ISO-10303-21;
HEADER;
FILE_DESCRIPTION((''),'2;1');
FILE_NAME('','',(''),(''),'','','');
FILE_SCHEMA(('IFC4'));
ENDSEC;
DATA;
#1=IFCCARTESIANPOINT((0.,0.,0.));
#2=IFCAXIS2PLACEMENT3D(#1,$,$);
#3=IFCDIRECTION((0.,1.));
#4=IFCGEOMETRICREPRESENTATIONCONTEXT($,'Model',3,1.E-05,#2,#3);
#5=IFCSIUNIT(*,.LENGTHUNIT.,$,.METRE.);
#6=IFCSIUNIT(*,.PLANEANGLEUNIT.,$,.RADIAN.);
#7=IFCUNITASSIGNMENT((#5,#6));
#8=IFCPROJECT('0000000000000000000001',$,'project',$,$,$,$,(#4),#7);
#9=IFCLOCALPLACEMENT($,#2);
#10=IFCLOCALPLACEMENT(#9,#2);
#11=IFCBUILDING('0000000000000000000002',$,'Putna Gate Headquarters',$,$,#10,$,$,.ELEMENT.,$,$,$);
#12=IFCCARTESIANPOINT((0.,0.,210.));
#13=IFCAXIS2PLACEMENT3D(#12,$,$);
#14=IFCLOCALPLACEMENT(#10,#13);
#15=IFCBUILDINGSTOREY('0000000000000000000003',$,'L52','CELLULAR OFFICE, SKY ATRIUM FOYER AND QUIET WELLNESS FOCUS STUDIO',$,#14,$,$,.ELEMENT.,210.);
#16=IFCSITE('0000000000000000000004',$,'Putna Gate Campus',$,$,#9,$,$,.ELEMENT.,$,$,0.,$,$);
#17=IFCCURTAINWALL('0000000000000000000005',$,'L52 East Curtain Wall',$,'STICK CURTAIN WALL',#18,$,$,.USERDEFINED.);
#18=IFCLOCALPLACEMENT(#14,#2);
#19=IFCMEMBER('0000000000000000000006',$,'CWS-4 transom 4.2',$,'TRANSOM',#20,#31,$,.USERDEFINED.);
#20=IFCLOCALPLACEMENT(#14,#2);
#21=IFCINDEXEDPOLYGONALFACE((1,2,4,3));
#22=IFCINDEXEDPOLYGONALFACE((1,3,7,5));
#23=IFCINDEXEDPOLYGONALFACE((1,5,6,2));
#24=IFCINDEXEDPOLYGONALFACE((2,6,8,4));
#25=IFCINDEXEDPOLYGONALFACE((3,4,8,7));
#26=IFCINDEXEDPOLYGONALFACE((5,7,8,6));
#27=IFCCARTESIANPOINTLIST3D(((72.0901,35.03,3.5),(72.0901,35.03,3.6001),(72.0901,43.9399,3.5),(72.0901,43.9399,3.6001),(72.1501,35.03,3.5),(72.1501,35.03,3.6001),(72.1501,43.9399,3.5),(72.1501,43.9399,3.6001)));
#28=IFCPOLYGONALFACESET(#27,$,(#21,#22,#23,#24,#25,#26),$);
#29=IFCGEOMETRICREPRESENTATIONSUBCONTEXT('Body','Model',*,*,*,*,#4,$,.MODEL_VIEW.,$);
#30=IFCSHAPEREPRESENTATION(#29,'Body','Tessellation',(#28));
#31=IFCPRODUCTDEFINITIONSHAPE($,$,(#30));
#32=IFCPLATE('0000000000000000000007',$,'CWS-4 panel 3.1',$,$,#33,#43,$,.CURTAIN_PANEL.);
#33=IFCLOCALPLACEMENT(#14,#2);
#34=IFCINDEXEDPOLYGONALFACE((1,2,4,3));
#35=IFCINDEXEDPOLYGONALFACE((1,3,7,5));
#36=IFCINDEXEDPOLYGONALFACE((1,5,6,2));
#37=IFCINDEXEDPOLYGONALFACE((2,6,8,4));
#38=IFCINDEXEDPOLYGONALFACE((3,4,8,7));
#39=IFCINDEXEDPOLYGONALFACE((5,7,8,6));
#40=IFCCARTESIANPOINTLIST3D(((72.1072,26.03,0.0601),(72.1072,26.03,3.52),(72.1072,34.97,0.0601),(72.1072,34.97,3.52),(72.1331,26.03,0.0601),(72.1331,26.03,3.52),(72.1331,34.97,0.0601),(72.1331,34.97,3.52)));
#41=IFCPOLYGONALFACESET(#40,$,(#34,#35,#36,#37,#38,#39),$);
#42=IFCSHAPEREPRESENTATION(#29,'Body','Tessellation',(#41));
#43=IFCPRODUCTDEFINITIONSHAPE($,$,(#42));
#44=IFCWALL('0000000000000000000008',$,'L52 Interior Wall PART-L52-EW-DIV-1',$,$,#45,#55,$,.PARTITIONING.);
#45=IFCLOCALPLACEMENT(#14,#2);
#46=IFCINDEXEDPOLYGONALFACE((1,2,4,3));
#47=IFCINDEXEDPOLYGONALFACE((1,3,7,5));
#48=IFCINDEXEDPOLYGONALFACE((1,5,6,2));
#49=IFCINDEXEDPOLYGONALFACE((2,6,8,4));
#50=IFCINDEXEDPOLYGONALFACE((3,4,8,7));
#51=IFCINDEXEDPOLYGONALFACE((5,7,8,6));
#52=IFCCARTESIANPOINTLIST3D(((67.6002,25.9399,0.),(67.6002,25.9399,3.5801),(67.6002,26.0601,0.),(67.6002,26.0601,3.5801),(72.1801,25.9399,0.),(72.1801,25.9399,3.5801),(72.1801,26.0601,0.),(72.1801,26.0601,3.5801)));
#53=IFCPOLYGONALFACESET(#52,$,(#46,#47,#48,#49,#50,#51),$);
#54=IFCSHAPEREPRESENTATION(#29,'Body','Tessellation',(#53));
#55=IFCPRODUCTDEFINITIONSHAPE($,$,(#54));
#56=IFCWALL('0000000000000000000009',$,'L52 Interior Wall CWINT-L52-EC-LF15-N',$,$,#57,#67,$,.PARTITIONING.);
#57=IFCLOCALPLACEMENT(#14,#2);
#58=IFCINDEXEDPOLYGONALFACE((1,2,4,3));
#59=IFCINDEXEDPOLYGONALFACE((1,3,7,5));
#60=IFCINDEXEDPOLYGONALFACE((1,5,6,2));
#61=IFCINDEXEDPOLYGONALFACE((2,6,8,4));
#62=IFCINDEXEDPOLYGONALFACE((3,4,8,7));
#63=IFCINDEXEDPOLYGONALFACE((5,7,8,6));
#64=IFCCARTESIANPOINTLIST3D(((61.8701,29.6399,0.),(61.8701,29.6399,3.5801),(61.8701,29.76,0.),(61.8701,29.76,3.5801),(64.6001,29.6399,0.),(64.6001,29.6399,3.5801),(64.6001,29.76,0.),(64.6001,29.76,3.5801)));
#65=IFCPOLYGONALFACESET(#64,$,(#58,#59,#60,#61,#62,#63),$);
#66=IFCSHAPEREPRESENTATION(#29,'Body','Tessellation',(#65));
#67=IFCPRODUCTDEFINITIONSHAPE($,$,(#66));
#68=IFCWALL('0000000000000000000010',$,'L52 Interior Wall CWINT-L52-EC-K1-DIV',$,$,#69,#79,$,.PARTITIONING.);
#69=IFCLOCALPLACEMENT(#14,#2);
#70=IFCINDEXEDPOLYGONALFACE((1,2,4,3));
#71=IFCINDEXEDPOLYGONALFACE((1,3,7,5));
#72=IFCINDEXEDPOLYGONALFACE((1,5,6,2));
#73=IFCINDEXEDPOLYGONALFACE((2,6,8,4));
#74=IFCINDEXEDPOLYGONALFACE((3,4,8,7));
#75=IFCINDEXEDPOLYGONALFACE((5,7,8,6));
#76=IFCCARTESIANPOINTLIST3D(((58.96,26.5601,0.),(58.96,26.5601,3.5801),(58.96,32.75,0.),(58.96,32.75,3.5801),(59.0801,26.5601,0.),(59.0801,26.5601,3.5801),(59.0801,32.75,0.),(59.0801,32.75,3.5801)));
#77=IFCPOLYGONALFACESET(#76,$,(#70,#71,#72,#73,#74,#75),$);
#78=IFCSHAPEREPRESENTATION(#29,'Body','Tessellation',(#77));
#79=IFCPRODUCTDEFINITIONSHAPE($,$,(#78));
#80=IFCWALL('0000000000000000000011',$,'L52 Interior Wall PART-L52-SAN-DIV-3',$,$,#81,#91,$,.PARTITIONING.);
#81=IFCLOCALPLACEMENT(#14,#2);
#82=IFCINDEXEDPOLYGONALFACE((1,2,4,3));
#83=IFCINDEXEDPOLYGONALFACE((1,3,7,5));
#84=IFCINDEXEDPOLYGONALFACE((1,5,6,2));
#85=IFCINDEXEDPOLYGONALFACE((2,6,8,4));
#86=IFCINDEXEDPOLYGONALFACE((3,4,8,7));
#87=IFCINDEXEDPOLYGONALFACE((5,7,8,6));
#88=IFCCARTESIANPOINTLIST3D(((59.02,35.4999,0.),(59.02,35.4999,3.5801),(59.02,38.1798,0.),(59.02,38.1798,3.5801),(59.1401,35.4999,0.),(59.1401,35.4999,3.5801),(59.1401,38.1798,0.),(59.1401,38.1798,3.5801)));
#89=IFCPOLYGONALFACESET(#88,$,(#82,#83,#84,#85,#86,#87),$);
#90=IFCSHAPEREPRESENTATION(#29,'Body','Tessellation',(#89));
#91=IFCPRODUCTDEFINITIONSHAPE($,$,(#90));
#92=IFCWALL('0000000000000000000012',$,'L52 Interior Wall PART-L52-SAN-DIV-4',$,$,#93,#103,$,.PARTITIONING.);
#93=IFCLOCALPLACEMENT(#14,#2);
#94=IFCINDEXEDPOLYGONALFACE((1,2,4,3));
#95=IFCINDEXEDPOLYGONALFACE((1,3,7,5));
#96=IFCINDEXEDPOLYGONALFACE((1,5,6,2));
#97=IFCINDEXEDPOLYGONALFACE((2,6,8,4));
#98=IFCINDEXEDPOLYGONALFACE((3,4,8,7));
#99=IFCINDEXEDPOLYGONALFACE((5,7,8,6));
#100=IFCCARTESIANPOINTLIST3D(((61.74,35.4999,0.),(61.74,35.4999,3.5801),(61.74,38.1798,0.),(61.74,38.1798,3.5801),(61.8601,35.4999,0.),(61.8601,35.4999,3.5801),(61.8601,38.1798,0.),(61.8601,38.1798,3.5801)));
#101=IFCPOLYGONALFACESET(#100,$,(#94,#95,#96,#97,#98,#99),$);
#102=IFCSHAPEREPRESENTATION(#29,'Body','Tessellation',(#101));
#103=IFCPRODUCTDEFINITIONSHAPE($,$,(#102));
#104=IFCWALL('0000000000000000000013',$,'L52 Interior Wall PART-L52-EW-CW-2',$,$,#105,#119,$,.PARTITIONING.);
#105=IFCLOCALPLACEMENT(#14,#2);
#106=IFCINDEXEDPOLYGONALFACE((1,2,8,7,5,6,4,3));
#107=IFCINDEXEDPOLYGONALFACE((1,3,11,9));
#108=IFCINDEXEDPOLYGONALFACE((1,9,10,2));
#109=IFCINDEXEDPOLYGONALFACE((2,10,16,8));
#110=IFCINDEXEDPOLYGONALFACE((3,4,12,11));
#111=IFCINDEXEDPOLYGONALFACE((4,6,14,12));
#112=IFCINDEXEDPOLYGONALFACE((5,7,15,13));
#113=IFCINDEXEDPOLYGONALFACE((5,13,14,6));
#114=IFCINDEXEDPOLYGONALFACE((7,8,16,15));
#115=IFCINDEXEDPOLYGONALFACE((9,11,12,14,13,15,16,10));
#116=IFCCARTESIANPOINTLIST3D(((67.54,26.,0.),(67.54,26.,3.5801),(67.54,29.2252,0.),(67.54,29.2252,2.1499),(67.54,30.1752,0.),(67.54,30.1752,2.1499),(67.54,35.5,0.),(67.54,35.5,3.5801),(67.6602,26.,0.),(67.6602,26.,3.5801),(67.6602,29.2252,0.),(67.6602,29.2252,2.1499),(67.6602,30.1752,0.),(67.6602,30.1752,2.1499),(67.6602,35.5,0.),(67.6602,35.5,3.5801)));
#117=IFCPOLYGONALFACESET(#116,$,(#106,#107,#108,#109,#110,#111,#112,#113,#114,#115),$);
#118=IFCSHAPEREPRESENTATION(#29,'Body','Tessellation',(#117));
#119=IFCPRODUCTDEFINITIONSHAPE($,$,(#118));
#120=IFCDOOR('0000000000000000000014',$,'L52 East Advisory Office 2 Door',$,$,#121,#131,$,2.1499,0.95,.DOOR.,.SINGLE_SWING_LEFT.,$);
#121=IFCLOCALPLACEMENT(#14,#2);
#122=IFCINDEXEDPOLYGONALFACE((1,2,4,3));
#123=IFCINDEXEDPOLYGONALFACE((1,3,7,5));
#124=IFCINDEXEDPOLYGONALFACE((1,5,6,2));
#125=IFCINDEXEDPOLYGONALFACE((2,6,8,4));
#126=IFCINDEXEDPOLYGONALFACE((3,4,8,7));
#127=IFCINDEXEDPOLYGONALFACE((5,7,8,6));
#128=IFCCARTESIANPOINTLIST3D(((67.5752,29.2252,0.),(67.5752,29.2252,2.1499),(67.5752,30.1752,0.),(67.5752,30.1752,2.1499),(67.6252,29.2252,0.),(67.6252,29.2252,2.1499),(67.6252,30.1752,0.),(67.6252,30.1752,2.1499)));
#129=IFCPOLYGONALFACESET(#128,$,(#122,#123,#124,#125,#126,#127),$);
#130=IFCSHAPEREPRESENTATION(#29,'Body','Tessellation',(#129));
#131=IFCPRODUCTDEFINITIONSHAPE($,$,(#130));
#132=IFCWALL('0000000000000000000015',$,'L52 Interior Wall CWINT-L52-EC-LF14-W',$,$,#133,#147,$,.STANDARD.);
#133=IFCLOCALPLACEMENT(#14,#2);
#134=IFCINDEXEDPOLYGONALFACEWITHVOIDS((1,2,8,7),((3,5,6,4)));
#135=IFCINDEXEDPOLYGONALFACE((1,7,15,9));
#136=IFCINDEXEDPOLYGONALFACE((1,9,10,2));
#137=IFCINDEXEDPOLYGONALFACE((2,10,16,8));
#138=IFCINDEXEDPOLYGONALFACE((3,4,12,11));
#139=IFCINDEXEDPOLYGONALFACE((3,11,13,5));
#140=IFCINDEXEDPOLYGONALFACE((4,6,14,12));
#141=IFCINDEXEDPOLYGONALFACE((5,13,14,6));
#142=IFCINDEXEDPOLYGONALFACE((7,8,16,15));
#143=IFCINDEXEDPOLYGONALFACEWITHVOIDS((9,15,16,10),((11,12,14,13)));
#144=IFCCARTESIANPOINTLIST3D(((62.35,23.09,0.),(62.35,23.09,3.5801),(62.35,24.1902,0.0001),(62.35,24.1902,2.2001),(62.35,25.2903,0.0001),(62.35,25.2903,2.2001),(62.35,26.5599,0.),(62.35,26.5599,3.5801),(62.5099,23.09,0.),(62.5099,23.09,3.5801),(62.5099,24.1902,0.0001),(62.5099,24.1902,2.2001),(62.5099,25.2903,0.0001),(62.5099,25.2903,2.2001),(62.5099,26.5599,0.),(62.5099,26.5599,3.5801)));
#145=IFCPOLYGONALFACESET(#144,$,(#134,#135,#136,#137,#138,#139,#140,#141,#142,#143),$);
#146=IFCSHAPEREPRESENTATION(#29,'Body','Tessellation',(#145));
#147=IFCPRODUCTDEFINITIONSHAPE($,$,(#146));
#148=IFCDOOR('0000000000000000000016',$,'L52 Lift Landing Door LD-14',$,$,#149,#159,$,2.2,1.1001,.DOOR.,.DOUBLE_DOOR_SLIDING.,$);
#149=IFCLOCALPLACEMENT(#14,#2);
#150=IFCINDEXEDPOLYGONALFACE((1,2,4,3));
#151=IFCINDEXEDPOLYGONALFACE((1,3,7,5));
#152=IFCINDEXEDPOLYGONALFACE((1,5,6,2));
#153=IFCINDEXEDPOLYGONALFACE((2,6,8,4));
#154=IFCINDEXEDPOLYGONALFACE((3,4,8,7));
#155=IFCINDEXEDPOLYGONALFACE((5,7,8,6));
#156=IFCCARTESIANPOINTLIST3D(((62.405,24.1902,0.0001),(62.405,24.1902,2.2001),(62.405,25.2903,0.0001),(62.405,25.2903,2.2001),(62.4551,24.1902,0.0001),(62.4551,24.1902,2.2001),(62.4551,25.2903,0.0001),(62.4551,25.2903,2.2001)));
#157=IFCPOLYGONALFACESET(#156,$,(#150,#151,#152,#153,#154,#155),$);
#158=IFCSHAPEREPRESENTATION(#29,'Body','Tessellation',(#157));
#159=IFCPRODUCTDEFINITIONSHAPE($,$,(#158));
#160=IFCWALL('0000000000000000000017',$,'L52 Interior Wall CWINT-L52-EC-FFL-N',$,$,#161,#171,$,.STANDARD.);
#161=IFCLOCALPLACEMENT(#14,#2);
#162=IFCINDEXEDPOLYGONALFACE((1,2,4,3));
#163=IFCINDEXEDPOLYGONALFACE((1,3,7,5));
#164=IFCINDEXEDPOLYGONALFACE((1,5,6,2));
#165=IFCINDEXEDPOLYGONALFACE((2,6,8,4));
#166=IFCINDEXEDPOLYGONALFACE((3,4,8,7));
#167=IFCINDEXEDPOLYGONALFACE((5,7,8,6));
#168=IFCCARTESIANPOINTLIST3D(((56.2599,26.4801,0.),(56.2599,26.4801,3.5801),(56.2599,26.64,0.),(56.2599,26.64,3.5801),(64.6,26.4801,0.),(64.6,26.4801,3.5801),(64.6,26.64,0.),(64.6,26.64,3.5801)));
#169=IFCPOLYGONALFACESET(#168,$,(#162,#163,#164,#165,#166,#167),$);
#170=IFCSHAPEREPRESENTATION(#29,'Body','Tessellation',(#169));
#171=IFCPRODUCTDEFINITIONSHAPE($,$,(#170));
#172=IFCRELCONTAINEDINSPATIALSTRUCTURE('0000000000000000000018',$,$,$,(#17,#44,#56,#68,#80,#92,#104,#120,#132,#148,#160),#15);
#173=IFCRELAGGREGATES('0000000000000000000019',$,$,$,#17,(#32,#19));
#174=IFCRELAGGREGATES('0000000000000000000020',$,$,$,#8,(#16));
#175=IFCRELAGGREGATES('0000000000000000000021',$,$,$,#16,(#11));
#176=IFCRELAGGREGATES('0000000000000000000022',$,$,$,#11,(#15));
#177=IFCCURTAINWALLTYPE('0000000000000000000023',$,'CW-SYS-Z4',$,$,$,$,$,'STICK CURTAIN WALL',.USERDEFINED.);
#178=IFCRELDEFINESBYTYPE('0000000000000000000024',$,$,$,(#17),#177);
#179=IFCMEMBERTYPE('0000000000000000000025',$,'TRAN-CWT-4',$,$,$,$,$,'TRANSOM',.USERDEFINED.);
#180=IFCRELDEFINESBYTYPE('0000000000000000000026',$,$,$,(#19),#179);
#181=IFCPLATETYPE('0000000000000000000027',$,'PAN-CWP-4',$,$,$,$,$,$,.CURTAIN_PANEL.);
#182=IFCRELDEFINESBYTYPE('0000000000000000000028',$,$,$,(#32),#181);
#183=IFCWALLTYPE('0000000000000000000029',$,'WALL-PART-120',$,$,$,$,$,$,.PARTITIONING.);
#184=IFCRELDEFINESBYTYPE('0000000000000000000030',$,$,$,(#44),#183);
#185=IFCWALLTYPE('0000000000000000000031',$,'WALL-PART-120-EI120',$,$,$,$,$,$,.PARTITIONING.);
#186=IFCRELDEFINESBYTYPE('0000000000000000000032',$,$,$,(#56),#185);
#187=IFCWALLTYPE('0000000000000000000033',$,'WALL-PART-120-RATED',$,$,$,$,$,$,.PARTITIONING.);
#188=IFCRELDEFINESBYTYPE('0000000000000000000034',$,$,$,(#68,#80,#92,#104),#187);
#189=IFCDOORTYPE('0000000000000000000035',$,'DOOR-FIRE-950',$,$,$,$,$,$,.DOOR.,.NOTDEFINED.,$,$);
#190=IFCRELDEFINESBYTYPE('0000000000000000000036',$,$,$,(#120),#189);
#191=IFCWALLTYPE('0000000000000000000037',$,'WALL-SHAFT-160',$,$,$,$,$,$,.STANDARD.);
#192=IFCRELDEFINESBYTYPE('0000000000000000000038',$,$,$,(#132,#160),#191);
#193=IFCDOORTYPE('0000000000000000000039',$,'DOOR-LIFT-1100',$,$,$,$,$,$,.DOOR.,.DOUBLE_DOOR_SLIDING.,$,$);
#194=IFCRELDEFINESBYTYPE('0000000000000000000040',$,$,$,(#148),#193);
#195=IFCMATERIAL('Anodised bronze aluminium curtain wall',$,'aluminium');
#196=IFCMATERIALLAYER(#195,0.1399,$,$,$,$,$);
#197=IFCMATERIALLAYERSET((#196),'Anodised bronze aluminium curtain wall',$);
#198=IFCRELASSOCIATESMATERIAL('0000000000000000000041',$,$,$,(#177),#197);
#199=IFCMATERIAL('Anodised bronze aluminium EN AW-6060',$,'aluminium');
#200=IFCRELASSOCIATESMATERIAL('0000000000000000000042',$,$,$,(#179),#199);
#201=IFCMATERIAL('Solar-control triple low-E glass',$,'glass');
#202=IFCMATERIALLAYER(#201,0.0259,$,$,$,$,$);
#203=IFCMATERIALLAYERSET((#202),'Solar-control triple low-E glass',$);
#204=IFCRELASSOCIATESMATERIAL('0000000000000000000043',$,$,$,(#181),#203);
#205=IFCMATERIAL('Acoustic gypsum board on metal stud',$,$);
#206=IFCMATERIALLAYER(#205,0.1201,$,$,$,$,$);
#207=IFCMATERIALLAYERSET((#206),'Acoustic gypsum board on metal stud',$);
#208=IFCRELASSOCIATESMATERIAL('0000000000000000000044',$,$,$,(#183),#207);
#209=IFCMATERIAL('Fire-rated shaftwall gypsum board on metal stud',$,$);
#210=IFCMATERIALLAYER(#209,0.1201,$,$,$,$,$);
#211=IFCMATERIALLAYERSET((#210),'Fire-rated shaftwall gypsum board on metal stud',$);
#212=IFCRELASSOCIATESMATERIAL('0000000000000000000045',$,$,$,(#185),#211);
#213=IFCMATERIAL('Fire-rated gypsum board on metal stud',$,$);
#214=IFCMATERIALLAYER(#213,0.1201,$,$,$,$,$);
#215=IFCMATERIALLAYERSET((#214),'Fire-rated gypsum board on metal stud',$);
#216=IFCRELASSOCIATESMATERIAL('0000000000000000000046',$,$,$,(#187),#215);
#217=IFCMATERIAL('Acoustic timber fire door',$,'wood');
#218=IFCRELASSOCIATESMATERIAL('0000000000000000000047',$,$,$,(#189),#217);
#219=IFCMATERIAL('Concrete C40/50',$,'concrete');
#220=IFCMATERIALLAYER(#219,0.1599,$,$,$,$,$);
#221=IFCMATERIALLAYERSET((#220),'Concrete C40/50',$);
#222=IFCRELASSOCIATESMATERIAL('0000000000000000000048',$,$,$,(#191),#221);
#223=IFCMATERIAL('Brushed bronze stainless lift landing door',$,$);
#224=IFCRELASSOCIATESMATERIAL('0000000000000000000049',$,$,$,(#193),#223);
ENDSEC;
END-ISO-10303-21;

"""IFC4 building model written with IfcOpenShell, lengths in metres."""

from ifc_helpers import new_model, si_unit, direction, frame, frame_2d, origin, origin_2d, place, context, subcontext, project, spatial, rectangle, extrude, material, layer, layer_set, material_profile, profile_set, type_object, element, fill, aggregate, save


model = new_model("IFC4")

# Units and contexts
model_context = context("Model", 3, precision=1e-05, world=origin(), true_north=direction((0.0, 1.0)))
body_context = subcontext(model_context, "Body", "Model", "MODEL_VIEW")
ifc_project = project(units=[si_unit("LENGTHUNIT", "METRE"), si_unit("PLANEANGLEUNIT", "RADIAN")], contexts=[model_context])

# Site, building, storey
site_placement = place(None, origin())
site = spatial("IfcSite", under=ifc_project, at=site_placement, Name="Putna Gate Campus", CompositionType="ELEMENT", RefElevation=0.0)
building_placement = place(site_placement, origin())
building = spatial("IfcBuilding", under=site, at=building_placement, Name="Putna Gate Headquarters", CompositionType="ELEMENT")
storey_placement = place(building_placement, frame((0.0, 0.0, 210.0)))
storey = spatial("IfcBuildingStorey", under=building, at=storey_placement, Name="L52", Description="CELLULAR OFFICE, SKY ATRIUM FOYER AND QUIET WELLNESS FOCUS STUDIO", CompositionType="ELEMENT", Elevation=210.0)

# Curtain wall, member, plate
ifc_material_1 = material(Name="Anodised bronze aluminium curtain wall", Category="aluminium")
ifc_layer_1 = layer(ifc_material_1, 0.1399)
ifc_layer_set_1 = layer_set([ifc_layer_1], Name="Anodised bronze aluminium curtain wall")
curtain_wall_type = type_object("IfcCurtainWallType", Name="CW-SYS-Z4", ElementType="STICK CURTAIN WALL", PredefinedType="USERDEFINED", material=ifc_layer_set_1)
curtain_wall_placement = place(storey_placement, origin())
curtain_wall = element("IfcCurtainWall", 1, at=curtain_wall_placement, inside=storey, type_object=curtain_wall_type, Name="L52 East Curtain Wall", ObjectType="STICK CURTAIN WALL", PredefinedType="USERDEFINED")
ifc_material_2 = material(Name="Anodised bronze aluminium EN AW-6060", Category="aluminium")
ifc_material_profile_1 = material_profile(ifc_material_2, rectangle(XDim=0.0601, YDim=0.1001, at=origin_2d()), Name="Anodised bronze aluminium EN AW-6060")
ifc_profile_set_1 = profile_set([ifc_material_profile_1], Name="Anodised bronze aluminium EN AW-6060")
member_type_1 = type_object("IfcMemberType", Name="TRAN-CWT-4", ElementType="TRANSOM", PredefinedType="USERDEFINED", material=ifc_profile_set_1)
member_1_placement = place(storey_placement, frame((72.1201, 35.03, 3.55), z_axis=(0.0, 1.0, 0.0), x_axis=(-1.0, 0.0, 0.0)))
member_1 = element("IfcMember", 2, at=member_1_placement, type_object=member_type_1, Name="CWS-4 transom 4.2", ObjectType="TRANSOM", PredefinedType="USERDEFINED", context=body_context, shape_type="SweptSolid", body=[
    extrude(rectangle(XDim=0.0601, YDim=0.1001, at=origin_2d()), origin(), (0.0, 0.0, 1.0), 8.9099),
])
ifc_material_3 = material(Name="Solar-control triple low-E glass", Category="glass")
ifc_layer_2 = layer(ifc_material_3, 0.0259)
ifc_layer_set_2 = layer_set([ifc_layer_2], Name="Solar-control triple low-E glass")
plate_type = type_object("IfcPlateType", Name="PAN-CWP-4", PredefinedType="CURTAIN_PANEL", material=ifc_layer_set_2)
plate_placement = place(storey_placement, frame((72.1201, 30.5, 0.0601), z_axis=(0.0, 0.0, 1.0), x_axis=(0.0, 1.0, 0.0)))
plate = element("IfcPlate", 3, at=plate_placement, type_object=plate_type, Name="CWS-4 panel 3.1", PredefinedType="CURTAIN_PANEL", context=body_context, shape_type="SweptSolid", body=[
    extrude(rectangle(XDim=8.9399, YDim=0.0259, at=origin_2d()), origin(), (0.0, 0.0, 1.0), 3.46),
])
aggregate(curtain_wall, [plate, member_1])

# Walls
ifc_material_4 = material(Name="Acoustic gypsum board on metal stud")
ifc_layer_3 = layer(ifc_material_4, 0.1201)
ifc_layer_set_3 = layer_set([ifc_layer_3], Name="Acoustic gypsum board on metal stud")
wall_type_1 = type_object("IfcWallType", Name="WALL-PART-120", PredefinedType="PARTITIONING", material=ifc_layer_set_3)
wall_1_placement = place(storey_placement, frame((67.6001, 26.0, 0.0), z_axis=(0.0, 0.0, 1.0), x_axis=(1.0, 0.0, 0.0)))
element("IfcWall", 4, at=wall_1_placement, inside=storey, type_object=wall_type_1, Name="L52 Interior Wall PART-L52-EW-DIV-1", PredefinedType="PARTITIONING", context=body_context, shape_type="SweptSolid", body=[
    extrude(rectangle(XDim=4.5798, YDim=0.1201, at=frame_2d((2.29, 0.0))), origin(), (0.0, 0.0, 1.0), 3.5801),
])
ifc_material_5 = material(Name="Fire-rated shaftwall gypsum board on metal stud")
ifc_layer_4 = layer(ifc_material_5, 0.1201)
ifc_layer_set_4 = layer_set([ifc_layer_4], Name="Fire-rated shaftwall gypsum board on metal stud")
wall_type_2 = type_object("IfcWallType", Name="WALL-PART-120-EI120", PredefinedType="PARTITIONING", material=ifc_layer_set_4)
wall_2_placement = place(storey_placement, frame((61.8701, 29.7, 0.0), z_axis=(0.0, 0.0, 1.0), x_axis=(1.0, 0.0, 0.0)))
element("IfcWall", 5, at=wall_2_placement, inside=storey, type_object=wall_type_2, Name="L52 Interior Wall CWINT-L52-EC-LF15-N", PredefinedType="PARTITIONING", context=body_context, shape_type="SweptSolid", body=[
    extrude(rectangle(XDim=2.73, YDim=0.1201, at=frame_2d((1.365, 0.0))), origin(), (0.0, 0.0, 1.0), 3.5801),
])
ifc_material_6 = material(Name="Fire-rated gypsum board on metal stud")
ifc_layer_5 = layer(ifc_material_6, 0.1201)
ifc_layer_set_5 = layer_set([ifc_layer_5], Name="Fire-rated gypsum board on metal stud")
wall_type_3 = type_object("IfcWallType", Name="WALL-PART-120-RATED", PredefinedType="PARTITIONING", material=ifc_layer_set_5)
wall_3_placement = place(storey_placement, frame((59.02, 26.5601, 0.0), z_axis=(0.0, 0.0, 1.0), x_axis=(0.0, 1.0, 0.0)))
element("IfcWall", 6, at=wall_3_placement, inside=storey, type_object=wall_type_3, Name="L52 Interior Wall CWINT-L52-EC-K1-DIV", PredefinedType="PARTITIONING", context=body_context, shape_type="SweptSolid", body=[
    extrude(rectangle(XDim=6.1899, YDim=0.1201, at=frame_2d((3.095, 0.0))), origin(), (0.0, 0.0, 1.0), 3.5801),
])
for number, where, z_axis, x_axis, name in (
    (7, (59.0801, 35.5, 0.0), (0.0, 0.0, 1.0), (0.0, 1.0, 0.0), "L52 Interior Wall PART-L52-SAN-DIV-3"),
    (8, (61.8, 35.5, 0.0), (0.0, 0.0, 1.0), (0.0, 1.0, 0.0), "L52 Interior Wall PART-L52-SAN-DIV-4"),
):
    element("IfcWall", number, at=place(storey_placement, frame(where, z_axis=z_axis, x_axis=x_axis)), inside=storey, type_object=wall_type_3, Name=name, PredefinedType="PARTITIONING", context=body_context, shape_type="SweptSolid", body=[
        extrude(rectangle(XDim=2.6799, YDim=0.1201, at=frame_2d((1.3398, 0.0))), origin(), (0.0, 0.0, 1.0), 3.5801),
    ])

# Walls, openings, doors
wall_4_placement = place(storey_placement, frame((67.6001, 26.0, 0.0), z_axis=(0.0, 0.0, 1.0), x_axis=(0.0, 1.0, 0.0)))
wall_4 = element("IfcWall", 9, at=wall_4_placement, inside=storey, type_object=wall_type_3, Name="L52 Interior Wall PART-L52-EW-CW-2", PredefinedType="PARTITIONING", context=body_context, shape_type="SweptSolid", body=[
    extrude(rectangle(XDim=9.5, YDim=0.1201, at=frame_2d((4.75, 0.0))), origin(), (0.0, 0.0, 1.0), 3.5801),
])
opening_1_placement = place(wall_4_placement, frame((3.2251, 0.0, 0.0)))
opening_1 = element("IfcOpeningElement", 10, at=opening_1_placement, cuts=wall_4, PredefinedType="OPENING", context=body_context, shape_type="SweptSolid", body=[
    extrude(rectangle(XDim=0.95, YDim=2.1499, at=frame_2d((0.4751, 1.075))), frame((0.0, 0.0701, 0.0), z_axis=(0.0, -1.0, 0.0), x_axis=(1.0, 0.0, 0.0)), (0.0, 0.0, 1.0), 0.1401),
])
ifc_material_7 = material(Name="Acoustic timber fire door", Category="wood")
door_type_1 = type_object("IfcDoorType", Name="DOOR-FIRE-950", OperationType="NOTDEFINED", PredefinedType="DOOR", material=ifc_material_7)
door_1_placement = place(opening_1_placement, origin())
door_1 = element("IfcDoor", 11, at=door_1_placement, inside=storey, type_object=door_type_1, Name="L52 East Advisory Office 2 Door", OperationType="SINGLE_SWING_LEFT", OverallHeight=2.1499, OverallWidth=0.95, PredefinedType="DOOR", context=body_context, shape_type="SweptSolid", body=[
    extrude(rectangle(XDim=0.95, YDim=2.1499, at=frame_2d((0.4751, 1.075))), frame((0.0, 0.0249, 0.0), z_axis=(0.0, -1.0, 0.0), x_axis=(1.0, 0.0, 0.0)), (0.0, 0.0, 1.0), 0.05),
])
fill(opening_1, door_1)
ifc_material_8 = material(Name="Concrete C40/50", Category="concrete")
ifc_layer_6 = layer(ifc_material_8, 0.1599)
ifc_layer_set_6 = layer_set([ifc_layer_6], Name="Concrete C40/50")
wall_type_4 = type_object("IfcWallType", Name="WALL-SHAFT-160", PredefinedType="STANDARD", material=ifc_layer_set_6)
wall_5_placement = place(storey_placement, frame((62.4299, 23.0901, 0.0), z_axis=(0.0, 0.0, 1.0), x_axis=(0.0, 1.0, 0.0)))
wall_5 = element("IfcWall", 12, at=wall_5_placement, inside=storey, type_object=wall_type_4, Name="L52 Interior Wall CWINT-L52-EC-LF14-W", PredefinedType="STANDARD", context=body_context, shape_type="SweptSolid", body=[
    extrude(rectangle(XDim=3.47, YDim=0.1599, at=frame_2d((1.7349, 0.0))), origin(), (0.0, 0.0, 1.0), 3.5801),
])
opening_2_placement = place(wall_5_placement, frame((1.1001, 0.0, 0.0)))
opening_2 = element("IfcOpeningElement", 13, at=opening_2_placement, cuts=wall_5, PredefinedType="OPENING", context=body_context, shape_type="SweptSolid", body=[
    extrude(rectangle(XDim=1.1001, YDim=2.2, at=frame_2d((0.55, 1.1001))), frame((0.0, 0.0898, 0.0), z_axis=(0.0, -1.0, 0.0), x_axis=(1.0, 0.0, 0.0)), (0.0, 0.0, 1.0), 0.1799),
])
ifc_material_9 = material(Name="Brushed bronze stainless lift landing door")
door_type_2 = type_object("IfcDoorType", Name="DOOR-LIFT-1100", OperationType="DOUBLE_DOOR_SLIDING", PredefinedType="DOOR", material=ifc_material_9)
door_2_placement = place(opening_2_placement, origin())
door_2 = element("IfcDoor", 14, at=door_2_placement, inside=storey, type_object=door_type_2, Name="L52 Lift Landing Door LD-14", OperationType="DOUBLE_DOOR_SLIDING", OverallHeight=2.2, OverallWidth=1.1001, PredefinedType="DOOR", context=body_context, shape_type="SweptSolid", body=[
    extrude(rectangle(XDim=1.1001, YDim=2.2, at=frame_2d((0.55, 1.1001))), frame((0.0, 0.0249, 0.0), z_axis=(0.0, -1.0, 0.0), x_axis=(1.0, 0.0, 0.0)), (0.0, 0.0, 1.0), 0.05),
])
fill(opening_2, door_2)

# Wall
wall_6_placement = place(storey_placement, frame((56.26, 26.5601, 0.0), z_axis=(0.0, 0.0, 1.0), x_axis=(1.0, 0.0, 0.0)))
element("IfcWall", 15, at=wall_6_placement, inside=storey, type_object=wall_type_4, Name="L52 Interior Wall CWINT-L52-EC-FFL-N", PredefinedType="STANDARD", context=body_context, shape_type="SweptSolid", body=[
    extrude(rectangle(XDim=8.3401, YDim=0.1599, at=frame_2d((4.1699, 0.0))), origin(), (0.0, 0.0, 1.0), 3.5801),
])

save(model, "model.ifc")
